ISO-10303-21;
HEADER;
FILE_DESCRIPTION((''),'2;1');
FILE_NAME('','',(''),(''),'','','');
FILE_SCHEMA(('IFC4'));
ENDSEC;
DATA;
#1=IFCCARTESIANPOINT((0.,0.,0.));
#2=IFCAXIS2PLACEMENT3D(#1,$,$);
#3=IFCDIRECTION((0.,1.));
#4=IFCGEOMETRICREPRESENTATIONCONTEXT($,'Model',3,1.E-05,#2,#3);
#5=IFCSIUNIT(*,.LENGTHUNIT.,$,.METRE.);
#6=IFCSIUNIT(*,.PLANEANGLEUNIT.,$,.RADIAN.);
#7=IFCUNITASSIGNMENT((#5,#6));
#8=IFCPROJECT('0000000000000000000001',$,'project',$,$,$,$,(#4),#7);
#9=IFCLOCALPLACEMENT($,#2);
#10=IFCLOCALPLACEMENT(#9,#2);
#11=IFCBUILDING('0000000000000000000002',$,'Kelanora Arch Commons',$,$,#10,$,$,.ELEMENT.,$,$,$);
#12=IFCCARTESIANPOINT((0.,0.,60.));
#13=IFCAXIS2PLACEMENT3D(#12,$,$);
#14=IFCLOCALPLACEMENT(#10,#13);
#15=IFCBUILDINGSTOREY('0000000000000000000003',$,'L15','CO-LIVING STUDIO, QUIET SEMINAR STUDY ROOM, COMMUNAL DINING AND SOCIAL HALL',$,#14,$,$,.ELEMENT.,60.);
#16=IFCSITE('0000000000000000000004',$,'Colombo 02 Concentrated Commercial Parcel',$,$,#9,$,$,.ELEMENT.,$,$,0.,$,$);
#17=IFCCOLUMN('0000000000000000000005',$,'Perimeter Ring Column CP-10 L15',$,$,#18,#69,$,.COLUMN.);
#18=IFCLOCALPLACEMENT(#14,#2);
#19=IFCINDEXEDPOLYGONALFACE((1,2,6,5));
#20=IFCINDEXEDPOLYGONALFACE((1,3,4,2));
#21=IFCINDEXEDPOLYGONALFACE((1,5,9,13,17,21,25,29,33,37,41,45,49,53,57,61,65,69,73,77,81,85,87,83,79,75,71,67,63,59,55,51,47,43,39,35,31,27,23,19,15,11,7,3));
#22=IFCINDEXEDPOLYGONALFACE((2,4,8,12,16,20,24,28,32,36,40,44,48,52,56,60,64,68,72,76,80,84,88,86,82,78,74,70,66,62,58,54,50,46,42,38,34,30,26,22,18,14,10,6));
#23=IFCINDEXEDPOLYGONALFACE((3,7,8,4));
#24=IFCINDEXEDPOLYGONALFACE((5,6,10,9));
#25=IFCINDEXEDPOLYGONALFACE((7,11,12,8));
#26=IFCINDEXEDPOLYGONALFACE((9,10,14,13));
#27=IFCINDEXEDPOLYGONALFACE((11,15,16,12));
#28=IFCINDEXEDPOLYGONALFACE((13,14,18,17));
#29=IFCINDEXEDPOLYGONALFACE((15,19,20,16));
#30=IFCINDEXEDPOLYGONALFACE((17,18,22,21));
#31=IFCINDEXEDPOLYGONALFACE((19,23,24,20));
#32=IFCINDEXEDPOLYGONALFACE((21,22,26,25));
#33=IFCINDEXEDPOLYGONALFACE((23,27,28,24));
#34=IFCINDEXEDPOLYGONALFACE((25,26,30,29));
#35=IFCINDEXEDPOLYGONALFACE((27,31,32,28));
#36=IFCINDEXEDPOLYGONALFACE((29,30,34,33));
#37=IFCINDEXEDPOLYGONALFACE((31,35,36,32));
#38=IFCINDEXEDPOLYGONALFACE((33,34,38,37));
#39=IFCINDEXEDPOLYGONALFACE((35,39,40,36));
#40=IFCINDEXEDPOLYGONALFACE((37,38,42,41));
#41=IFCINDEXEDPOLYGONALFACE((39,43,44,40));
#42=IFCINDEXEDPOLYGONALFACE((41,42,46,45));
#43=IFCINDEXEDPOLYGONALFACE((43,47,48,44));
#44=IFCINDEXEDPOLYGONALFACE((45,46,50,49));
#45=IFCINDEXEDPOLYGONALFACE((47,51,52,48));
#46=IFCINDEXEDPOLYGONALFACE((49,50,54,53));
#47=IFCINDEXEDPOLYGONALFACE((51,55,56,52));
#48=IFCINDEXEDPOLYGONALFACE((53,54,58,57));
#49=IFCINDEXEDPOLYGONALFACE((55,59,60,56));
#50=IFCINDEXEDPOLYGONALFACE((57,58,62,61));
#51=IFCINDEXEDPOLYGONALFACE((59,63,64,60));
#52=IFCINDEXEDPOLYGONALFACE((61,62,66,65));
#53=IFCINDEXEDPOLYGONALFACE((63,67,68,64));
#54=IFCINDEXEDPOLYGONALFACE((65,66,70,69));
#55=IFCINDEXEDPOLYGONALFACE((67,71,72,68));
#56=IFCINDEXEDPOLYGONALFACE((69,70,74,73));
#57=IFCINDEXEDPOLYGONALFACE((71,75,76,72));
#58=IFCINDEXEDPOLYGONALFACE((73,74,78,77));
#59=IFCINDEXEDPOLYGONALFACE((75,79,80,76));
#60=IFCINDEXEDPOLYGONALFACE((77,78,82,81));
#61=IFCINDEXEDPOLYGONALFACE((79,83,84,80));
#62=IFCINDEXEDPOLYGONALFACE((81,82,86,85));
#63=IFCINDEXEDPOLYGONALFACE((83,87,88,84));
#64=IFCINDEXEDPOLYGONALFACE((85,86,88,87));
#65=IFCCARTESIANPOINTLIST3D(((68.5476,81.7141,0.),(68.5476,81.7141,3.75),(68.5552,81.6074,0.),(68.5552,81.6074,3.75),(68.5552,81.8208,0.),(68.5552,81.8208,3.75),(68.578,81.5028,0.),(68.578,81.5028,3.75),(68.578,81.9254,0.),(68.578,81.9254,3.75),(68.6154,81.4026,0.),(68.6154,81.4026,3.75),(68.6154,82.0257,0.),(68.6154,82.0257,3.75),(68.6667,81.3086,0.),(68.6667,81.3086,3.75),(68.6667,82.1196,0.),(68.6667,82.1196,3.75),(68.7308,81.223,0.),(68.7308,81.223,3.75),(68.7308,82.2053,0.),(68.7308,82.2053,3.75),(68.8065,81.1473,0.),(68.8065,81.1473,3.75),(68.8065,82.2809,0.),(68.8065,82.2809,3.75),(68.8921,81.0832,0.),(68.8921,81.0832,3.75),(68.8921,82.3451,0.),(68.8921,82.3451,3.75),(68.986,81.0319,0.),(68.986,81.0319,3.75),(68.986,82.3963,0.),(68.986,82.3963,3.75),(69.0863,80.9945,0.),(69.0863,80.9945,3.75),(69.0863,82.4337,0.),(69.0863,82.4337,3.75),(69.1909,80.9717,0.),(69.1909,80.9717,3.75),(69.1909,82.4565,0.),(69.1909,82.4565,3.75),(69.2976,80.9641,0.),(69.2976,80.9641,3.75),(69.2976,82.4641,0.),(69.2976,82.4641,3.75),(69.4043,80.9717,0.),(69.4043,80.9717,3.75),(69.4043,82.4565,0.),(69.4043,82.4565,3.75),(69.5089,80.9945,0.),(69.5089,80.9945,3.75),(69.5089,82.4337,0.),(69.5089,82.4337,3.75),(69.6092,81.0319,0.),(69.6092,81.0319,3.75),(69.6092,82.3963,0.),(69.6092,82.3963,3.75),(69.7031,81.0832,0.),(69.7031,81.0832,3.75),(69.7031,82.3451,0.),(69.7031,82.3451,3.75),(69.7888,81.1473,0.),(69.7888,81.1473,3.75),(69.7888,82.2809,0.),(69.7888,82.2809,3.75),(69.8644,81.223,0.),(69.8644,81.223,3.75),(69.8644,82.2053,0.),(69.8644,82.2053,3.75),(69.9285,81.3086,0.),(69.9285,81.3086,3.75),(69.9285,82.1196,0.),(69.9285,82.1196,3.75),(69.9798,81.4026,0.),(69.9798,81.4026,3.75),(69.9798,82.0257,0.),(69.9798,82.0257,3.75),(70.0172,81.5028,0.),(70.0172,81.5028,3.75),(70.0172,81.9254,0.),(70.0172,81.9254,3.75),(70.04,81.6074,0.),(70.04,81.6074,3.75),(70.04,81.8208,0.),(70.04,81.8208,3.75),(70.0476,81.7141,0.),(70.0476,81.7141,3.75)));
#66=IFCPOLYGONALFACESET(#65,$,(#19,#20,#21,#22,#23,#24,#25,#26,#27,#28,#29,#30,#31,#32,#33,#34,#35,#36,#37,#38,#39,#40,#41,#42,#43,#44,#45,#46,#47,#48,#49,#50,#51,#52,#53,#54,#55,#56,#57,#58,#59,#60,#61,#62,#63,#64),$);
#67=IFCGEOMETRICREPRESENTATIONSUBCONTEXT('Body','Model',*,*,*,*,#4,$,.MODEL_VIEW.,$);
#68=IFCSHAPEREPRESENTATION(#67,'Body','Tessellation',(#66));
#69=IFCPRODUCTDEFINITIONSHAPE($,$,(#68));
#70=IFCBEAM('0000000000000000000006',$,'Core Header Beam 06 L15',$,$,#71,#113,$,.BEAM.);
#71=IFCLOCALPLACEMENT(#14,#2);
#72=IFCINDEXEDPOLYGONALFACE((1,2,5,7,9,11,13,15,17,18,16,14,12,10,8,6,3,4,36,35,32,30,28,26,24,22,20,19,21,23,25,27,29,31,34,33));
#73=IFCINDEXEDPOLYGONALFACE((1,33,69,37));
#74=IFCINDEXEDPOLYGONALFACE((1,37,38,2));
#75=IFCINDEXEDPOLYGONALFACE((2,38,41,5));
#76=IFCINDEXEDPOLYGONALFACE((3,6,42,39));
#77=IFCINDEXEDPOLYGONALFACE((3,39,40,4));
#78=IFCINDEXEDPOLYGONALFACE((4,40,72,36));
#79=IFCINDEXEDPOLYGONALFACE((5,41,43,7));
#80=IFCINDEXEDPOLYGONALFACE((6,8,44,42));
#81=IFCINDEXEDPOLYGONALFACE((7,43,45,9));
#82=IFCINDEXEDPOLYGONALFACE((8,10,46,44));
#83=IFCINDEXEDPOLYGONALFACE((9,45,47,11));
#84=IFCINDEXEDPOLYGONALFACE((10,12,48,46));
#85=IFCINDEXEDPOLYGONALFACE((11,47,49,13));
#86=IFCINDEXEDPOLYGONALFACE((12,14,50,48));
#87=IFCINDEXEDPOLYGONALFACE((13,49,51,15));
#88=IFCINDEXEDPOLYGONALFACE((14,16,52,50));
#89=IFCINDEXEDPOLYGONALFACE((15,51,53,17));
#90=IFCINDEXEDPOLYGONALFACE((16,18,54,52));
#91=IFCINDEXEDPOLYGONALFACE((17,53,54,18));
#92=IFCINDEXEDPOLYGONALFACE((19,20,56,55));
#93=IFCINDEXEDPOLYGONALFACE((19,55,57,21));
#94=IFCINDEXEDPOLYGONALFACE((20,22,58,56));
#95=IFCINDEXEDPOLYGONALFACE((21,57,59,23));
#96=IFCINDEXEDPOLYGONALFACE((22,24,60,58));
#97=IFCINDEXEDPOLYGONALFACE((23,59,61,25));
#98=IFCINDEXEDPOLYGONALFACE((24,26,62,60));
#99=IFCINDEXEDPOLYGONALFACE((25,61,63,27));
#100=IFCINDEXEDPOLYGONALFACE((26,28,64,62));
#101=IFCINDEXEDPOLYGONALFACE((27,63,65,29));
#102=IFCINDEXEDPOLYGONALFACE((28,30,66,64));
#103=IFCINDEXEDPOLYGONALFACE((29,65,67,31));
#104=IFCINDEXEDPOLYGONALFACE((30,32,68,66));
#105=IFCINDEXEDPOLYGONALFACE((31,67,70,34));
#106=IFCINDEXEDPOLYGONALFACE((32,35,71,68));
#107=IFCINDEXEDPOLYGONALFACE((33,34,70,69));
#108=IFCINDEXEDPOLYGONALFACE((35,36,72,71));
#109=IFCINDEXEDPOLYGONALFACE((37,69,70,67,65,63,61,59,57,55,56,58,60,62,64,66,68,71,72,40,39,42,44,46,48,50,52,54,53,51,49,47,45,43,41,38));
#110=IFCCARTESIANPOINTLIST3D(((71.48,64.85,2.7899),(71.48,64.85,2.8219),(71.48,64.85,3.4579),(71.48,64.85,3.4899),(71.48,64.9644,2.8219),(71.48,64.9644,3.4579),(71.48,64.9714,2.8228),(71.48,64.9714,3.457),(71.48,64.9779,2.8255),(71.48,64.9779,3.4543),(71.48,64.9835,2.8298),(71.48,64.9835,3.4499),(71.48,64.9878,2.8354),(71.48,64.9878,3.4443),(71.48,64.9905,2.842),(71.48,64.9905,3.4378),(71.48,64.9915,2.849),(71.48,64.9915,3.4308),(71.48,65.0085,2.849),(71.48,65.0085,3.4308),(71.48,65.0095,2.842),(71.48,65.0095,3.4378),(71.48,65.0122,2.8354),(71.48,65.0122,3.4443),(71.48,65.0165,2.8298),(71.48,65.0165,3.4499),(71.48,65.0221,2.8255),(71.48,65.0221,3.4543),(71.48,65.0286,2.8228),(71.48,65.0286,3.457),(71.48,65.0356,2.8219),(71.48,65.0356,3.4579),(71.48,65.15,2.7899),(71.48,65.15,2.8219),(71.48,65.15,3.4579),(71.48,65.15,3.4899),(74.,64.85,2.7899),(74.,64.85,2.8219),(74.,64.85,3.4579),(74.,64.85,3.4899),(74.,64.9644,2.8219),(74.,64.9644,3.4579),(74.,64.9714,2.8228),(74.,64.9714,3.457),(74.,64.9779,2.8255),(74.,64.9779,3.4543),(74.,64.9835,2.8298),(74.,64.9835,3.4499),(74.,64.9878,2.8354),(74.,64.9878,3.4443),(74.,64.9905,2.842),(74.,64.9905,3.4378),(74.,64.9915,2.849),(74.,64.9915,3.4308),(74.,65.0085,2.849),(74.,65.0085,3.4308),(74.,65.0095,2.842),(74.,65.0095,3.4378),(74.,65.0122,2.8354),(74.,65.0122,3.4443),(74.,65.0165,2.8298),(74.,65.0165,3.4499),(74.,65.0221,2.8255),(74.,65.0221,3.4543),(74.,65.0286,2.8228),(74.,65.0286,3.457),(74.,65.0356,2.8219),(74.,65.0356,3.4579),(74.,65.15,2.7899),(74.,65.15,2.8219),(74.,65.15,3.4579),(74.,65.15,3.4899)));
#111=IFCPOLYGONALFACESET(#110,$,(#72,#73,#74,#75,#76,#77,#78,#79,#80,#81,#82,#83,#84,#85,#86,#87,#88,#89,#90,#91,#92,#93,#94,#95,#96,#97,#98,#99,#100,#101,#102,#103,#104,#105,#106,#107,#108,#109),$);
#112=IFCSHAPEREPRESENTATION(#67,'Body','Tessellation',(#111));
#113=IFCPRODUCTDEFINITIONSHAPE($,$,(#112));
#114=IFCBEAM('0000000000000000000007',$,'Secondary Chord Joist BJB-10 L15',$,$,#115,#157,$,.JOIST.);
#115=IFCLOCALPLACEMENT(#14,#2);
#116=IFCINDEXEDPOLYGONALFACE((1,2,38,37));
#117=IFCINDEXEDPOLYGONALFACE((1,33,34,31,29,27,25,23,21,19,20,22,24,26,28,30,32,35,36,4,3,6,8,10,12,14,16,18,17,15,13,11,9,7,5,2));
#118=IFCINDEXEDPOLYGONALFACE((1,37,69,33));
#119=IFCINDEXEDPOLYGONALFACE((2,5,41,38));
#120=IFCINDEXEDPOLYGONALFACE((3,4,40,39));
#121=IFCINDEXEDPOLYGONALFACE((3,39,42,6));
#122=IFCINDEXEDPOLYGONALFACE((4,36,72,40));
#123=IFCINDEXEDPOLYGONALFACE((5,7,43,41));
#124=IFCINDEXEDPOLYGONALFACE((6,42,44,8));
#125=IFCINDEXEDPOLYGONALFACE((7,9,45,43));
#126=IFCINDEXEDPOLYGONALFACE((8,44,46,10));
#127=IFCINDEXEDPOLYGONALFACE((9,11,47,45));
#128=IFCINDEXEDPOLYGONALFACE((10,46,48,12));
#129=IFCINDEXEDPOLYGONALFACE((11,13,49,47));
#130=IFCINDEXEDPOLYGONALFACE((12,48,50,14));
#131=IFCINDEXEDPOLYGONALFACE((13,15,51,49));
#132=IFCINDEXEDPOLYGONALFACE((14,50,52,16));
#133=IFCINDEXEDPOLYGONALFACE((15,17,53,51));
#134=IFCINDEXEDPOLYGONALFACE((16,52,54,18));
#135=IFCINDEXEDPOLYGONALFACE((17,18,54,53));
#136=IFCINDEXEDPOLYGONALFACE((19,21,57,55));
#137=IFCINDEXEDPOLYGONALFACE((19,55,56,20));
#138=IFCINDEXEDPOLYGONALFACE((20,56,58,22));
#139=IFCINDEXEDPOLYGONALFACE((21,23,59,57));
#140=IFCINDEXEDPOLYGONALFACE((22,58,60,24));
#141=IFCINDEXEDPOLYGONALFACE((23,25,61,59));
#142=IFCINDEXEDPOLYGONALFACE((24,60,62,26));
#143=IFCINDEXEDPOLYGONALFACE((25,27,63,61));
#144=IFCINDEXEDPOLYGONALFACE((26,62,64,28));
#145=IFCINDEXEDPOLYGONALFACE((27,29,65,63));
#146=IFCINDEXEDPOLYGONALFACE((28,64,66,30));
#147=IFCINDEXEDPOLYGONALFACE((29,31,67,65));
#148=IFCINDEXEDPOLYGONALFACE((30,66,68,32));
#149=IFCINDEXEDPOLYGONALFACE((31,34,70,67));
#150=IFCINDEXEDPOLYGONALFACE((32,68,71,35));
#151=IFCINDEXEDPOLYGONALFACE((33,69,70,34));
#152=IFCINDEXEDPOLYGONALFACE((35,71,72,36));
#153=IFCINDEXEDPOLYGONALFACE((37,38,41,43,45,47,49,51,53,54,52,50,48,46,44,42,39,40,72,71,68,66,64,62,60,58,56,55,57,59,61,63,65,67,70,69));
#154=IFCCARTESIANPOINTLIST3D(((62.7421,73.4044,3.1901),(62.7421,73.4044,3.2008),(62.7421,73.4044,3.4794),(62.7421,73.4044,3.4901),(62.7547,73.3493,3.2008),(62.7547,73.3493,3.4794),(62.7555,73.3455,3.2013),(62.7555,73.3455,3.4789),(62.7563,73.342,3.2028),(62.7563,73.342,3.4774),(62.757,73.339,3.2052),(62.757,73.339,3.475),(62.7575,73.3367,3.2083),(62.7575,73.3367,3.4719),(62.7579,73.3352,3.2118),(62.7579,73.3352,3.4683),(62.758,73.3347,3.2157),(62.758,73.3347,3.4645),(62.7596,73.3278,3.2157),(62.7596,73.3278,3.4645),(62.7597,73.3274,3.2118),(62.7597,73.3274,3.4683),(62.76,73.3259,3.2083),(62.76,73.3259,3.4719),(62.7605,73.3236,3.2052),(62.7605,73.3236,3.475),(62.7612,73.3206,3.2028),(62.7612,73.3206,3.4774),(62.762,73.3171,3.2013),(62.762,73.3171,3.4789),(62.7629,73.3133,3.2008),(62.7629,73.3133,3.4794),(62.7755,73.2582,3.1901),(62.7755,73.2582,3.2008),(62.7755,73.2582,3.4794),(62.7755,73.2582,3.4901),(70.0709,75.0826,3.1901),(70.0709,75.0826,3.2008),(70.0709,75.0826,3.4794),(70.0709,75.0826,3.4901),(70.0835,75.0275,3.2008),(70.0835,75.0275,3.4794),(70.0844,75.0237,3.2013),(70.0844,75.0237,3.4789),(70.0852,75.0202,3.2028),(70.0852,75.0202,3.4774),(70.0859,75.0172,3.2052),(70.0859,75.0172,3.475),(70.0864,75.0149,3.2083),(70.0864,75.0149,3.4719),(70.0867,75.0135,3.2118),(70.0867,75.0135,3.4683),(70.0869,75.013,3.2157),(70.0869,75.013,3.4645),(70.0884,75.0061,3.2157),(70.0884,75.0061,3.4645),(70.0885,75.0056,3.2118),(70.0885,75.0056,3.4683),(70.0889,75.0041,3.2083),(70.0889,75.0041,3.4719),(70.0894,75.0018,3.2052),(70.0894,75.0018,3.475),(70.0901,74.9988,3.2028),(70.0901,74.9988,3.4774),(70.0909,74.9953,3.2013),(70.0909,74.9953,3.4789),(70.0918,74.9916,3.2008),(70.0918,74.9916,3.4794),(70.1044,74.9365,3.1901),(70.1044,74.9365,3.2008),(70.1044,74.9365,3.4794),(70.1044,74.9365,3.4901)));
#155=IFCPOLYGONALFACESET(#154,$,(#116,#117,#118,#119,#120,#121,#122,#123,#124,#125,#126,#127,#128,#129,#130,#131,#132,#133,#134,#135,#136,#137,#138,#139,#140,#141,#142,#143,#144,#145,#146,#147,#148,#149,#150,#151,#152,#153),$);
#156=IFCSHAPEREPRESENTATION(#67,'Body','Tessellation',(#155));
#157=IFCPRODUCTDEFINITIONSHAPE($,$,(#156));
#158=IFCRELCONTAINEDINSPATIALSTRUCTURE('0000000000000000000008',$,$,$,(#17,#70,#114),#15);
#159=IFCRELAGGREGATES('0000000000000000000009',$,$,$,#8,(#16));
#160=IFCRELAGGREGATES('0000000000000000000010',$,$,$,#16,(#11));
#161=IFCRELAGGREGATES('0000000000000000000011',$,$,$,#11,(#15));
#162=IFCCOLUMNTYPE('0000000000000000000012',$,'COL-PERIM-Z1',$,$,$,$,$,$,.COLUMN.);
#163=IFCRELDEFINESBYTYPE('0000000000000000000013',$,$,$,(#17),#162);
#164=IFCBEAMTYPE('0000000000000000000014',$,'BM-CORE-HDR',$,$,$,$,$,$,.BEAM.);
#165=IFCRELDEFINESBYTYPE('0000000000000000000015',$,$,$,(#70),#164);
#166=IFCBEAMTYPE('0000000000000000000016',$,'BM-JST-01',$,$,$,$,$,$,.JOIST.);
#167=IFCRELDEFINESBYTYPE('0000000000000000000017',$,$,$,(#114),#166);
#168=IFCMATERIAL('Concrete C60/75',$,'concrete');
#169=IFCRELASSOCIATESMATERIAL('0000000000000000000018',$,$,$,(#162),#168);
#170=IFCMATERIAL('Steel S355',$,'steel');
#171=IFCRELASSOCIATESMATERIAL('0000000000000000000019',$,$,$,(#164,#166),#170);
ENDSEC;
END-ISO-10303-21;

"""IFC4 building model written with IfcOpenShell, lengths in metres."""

from ifc_helpers import new_model, si_unit, direction, frame, origin, origin_2d, place, context, subcontext, project, spatial, circle, i_section, extrude, material, material_profile, profile_set, type_object, element, save


model = new_model("IFC4")

# Units and contexts
model_context = context("Model", 3, precision=1e-05, world=origin(), true_north=direction((0.0, 1.0)))
body_context = subcontext(model_context, "Body", "Model", "MODEL_VIEW")
ifc_project = project(units=[si_unit("LENGTHUNIT", "METRE"), si_unit("PLANEANGLEUNIT", "RADIAN")], contexts=[model_context])

# Site, building, storey
site_placement = place(None, origin())
site = spatial("IfcSite", under=ifc_project, at=site_placement, Name="Colombo 02 Concentrated Commercial Parcel", CompositionType="ELEMENT", RefElevation=0.0)
building_placement = place(site_placement, origin())
building = spatial("IfcBuilding", under=site, at=building_placement, Name="Kelanora Arch Commons", CompositionType="ELEMENT")
storey_placement = place(building_placement, frame((0.0, 0.0, 60.0)))
storey = spatial("IfcBuildingStorey", under=building, at=storey_placement, Name="L15", Description="CO-LIVING STUDIO, QUIET SEMINAR STUDY ROOM, COMMUNAL DINING AND SOCIAL HALL", CompositionType="ELEMENT", Elevation=60.0)

# Column
ifc_material_1 = material(Name="Concrete C60/75", Category="concrete")
ifc_material_profile_1 = material_profile(ifc_material_1, circle(Radius=0.75, at=origin_2d()), Name="RCC1500")
ifc_profile_set_1 = profile_set([ifc_material_profile_1], Name="Concrete C60/75")
column_type = type_object("IfcColumnType", Name="COL-PERIM-Z1", PredefinedType="COLUMN", material=ifc_profile_set_1)
column_placement = place(storey_placement, frame((69.2976, 81.7141, 0.0), z_axis=(0.0, 0.0, 1.0), x_axis=(1.0, 0.0, 0.0)))
element("IfcColumn", 1, at=column_placement, inside=storey, type_object=column_type, Name="Perimeter Ring Column CP-10 L15", PredefinedType="COLUMN", context=body_context, shape_type="SweptSolid", body=[
    extrude(circle(Radius=0.75, at=origin_2d()), origin(), (0.0, 0.0, 1.0), 3.75),
])

# Beams
ifc_material_2 = material(Name="Steel S355", Category="steel")
ifc_material_profile_2 = material_profile(ifc_material_2, i_section(OverallWidth=0.3, OverallDepth=0.7, WebThickness=0.0171, FlangeThickness=0.032, FilletRadius=0.0271, at=origin_2d()), Name="HEB700")
ifc_profile_set_2 = profile_set([ifc_material_profile_2], Name="Steel S355")
beam_type_1 = type_object("IfcBeamType", Name="BM-CORE-HDR", PredefinedType="BEAM", material=ifc_profile_set_2)
beam_1_placement = place(storey_placement, frame((74.0, 65.0, 3.1399), z_axis=(-1.0, 0.0, 0.0), x_axis=(0.0, -1.0, 0.0)))
element("IfcBeam", 2, at=beam_1_placement, inside=storey, type_object=beam_type_1, Name="Core Header Beam 06 L15", PredefinedType="BEAM", context=body_context, shape_type="SweptSolid", body=[
    extrude(i_section(OverallWidth=0.3, OverallDepth=0.7, WebThickness=0.0171, FlangeThickness=0.032, FilletRadius=0.0271, at=origin_2d()), origin(), (0.0, 0.0, 1.0), 2.52),
])
ifc_material_profile_3 = material_profile(ifc_material_2, i_section(OverallWidth=0.1499, OverallDepth=0.3, WebThickness=0.0071, FlangeThickness=0.0107, FilletRadius=0.0149, at=origin_2d()), Name="IPE300")
ifc_profile_set_3 = profile_set([ifc_material_profile_3], Name="Steel S355")
beam_type_2 = type_object("IfcBeamType", Name="BM-JST-01", PredefinedType="JOIST", material=ifc_profile_set_3)
beam_2_placement = place(storey_placement, frame((70.0876, 75.0095, 3.3401), z_axis=(-0.97477, -0.223211, 0.0), x_axis=(0.223211, -0.97477, 0.0)))
element("IfcBeam", 3, at=beam_2_placement, inside=storey, type_object=beam_type_2, Name="Secondary Chord Joist BJB-10 L15", PredefinedType="JOIST", context=body_context, shape_type="SweptSolid", body=[
    extrude(i_section(OverallWidth=0.1499, OverallDepth=0.3, WebThickness=0.0071, FlangeThickness=0.0107, FilletRadius=0.0149, at=origin_2d()), origin(), (0.0, 0.0, 1.0), 7.5186),
])

save(model, "model.ifc")
